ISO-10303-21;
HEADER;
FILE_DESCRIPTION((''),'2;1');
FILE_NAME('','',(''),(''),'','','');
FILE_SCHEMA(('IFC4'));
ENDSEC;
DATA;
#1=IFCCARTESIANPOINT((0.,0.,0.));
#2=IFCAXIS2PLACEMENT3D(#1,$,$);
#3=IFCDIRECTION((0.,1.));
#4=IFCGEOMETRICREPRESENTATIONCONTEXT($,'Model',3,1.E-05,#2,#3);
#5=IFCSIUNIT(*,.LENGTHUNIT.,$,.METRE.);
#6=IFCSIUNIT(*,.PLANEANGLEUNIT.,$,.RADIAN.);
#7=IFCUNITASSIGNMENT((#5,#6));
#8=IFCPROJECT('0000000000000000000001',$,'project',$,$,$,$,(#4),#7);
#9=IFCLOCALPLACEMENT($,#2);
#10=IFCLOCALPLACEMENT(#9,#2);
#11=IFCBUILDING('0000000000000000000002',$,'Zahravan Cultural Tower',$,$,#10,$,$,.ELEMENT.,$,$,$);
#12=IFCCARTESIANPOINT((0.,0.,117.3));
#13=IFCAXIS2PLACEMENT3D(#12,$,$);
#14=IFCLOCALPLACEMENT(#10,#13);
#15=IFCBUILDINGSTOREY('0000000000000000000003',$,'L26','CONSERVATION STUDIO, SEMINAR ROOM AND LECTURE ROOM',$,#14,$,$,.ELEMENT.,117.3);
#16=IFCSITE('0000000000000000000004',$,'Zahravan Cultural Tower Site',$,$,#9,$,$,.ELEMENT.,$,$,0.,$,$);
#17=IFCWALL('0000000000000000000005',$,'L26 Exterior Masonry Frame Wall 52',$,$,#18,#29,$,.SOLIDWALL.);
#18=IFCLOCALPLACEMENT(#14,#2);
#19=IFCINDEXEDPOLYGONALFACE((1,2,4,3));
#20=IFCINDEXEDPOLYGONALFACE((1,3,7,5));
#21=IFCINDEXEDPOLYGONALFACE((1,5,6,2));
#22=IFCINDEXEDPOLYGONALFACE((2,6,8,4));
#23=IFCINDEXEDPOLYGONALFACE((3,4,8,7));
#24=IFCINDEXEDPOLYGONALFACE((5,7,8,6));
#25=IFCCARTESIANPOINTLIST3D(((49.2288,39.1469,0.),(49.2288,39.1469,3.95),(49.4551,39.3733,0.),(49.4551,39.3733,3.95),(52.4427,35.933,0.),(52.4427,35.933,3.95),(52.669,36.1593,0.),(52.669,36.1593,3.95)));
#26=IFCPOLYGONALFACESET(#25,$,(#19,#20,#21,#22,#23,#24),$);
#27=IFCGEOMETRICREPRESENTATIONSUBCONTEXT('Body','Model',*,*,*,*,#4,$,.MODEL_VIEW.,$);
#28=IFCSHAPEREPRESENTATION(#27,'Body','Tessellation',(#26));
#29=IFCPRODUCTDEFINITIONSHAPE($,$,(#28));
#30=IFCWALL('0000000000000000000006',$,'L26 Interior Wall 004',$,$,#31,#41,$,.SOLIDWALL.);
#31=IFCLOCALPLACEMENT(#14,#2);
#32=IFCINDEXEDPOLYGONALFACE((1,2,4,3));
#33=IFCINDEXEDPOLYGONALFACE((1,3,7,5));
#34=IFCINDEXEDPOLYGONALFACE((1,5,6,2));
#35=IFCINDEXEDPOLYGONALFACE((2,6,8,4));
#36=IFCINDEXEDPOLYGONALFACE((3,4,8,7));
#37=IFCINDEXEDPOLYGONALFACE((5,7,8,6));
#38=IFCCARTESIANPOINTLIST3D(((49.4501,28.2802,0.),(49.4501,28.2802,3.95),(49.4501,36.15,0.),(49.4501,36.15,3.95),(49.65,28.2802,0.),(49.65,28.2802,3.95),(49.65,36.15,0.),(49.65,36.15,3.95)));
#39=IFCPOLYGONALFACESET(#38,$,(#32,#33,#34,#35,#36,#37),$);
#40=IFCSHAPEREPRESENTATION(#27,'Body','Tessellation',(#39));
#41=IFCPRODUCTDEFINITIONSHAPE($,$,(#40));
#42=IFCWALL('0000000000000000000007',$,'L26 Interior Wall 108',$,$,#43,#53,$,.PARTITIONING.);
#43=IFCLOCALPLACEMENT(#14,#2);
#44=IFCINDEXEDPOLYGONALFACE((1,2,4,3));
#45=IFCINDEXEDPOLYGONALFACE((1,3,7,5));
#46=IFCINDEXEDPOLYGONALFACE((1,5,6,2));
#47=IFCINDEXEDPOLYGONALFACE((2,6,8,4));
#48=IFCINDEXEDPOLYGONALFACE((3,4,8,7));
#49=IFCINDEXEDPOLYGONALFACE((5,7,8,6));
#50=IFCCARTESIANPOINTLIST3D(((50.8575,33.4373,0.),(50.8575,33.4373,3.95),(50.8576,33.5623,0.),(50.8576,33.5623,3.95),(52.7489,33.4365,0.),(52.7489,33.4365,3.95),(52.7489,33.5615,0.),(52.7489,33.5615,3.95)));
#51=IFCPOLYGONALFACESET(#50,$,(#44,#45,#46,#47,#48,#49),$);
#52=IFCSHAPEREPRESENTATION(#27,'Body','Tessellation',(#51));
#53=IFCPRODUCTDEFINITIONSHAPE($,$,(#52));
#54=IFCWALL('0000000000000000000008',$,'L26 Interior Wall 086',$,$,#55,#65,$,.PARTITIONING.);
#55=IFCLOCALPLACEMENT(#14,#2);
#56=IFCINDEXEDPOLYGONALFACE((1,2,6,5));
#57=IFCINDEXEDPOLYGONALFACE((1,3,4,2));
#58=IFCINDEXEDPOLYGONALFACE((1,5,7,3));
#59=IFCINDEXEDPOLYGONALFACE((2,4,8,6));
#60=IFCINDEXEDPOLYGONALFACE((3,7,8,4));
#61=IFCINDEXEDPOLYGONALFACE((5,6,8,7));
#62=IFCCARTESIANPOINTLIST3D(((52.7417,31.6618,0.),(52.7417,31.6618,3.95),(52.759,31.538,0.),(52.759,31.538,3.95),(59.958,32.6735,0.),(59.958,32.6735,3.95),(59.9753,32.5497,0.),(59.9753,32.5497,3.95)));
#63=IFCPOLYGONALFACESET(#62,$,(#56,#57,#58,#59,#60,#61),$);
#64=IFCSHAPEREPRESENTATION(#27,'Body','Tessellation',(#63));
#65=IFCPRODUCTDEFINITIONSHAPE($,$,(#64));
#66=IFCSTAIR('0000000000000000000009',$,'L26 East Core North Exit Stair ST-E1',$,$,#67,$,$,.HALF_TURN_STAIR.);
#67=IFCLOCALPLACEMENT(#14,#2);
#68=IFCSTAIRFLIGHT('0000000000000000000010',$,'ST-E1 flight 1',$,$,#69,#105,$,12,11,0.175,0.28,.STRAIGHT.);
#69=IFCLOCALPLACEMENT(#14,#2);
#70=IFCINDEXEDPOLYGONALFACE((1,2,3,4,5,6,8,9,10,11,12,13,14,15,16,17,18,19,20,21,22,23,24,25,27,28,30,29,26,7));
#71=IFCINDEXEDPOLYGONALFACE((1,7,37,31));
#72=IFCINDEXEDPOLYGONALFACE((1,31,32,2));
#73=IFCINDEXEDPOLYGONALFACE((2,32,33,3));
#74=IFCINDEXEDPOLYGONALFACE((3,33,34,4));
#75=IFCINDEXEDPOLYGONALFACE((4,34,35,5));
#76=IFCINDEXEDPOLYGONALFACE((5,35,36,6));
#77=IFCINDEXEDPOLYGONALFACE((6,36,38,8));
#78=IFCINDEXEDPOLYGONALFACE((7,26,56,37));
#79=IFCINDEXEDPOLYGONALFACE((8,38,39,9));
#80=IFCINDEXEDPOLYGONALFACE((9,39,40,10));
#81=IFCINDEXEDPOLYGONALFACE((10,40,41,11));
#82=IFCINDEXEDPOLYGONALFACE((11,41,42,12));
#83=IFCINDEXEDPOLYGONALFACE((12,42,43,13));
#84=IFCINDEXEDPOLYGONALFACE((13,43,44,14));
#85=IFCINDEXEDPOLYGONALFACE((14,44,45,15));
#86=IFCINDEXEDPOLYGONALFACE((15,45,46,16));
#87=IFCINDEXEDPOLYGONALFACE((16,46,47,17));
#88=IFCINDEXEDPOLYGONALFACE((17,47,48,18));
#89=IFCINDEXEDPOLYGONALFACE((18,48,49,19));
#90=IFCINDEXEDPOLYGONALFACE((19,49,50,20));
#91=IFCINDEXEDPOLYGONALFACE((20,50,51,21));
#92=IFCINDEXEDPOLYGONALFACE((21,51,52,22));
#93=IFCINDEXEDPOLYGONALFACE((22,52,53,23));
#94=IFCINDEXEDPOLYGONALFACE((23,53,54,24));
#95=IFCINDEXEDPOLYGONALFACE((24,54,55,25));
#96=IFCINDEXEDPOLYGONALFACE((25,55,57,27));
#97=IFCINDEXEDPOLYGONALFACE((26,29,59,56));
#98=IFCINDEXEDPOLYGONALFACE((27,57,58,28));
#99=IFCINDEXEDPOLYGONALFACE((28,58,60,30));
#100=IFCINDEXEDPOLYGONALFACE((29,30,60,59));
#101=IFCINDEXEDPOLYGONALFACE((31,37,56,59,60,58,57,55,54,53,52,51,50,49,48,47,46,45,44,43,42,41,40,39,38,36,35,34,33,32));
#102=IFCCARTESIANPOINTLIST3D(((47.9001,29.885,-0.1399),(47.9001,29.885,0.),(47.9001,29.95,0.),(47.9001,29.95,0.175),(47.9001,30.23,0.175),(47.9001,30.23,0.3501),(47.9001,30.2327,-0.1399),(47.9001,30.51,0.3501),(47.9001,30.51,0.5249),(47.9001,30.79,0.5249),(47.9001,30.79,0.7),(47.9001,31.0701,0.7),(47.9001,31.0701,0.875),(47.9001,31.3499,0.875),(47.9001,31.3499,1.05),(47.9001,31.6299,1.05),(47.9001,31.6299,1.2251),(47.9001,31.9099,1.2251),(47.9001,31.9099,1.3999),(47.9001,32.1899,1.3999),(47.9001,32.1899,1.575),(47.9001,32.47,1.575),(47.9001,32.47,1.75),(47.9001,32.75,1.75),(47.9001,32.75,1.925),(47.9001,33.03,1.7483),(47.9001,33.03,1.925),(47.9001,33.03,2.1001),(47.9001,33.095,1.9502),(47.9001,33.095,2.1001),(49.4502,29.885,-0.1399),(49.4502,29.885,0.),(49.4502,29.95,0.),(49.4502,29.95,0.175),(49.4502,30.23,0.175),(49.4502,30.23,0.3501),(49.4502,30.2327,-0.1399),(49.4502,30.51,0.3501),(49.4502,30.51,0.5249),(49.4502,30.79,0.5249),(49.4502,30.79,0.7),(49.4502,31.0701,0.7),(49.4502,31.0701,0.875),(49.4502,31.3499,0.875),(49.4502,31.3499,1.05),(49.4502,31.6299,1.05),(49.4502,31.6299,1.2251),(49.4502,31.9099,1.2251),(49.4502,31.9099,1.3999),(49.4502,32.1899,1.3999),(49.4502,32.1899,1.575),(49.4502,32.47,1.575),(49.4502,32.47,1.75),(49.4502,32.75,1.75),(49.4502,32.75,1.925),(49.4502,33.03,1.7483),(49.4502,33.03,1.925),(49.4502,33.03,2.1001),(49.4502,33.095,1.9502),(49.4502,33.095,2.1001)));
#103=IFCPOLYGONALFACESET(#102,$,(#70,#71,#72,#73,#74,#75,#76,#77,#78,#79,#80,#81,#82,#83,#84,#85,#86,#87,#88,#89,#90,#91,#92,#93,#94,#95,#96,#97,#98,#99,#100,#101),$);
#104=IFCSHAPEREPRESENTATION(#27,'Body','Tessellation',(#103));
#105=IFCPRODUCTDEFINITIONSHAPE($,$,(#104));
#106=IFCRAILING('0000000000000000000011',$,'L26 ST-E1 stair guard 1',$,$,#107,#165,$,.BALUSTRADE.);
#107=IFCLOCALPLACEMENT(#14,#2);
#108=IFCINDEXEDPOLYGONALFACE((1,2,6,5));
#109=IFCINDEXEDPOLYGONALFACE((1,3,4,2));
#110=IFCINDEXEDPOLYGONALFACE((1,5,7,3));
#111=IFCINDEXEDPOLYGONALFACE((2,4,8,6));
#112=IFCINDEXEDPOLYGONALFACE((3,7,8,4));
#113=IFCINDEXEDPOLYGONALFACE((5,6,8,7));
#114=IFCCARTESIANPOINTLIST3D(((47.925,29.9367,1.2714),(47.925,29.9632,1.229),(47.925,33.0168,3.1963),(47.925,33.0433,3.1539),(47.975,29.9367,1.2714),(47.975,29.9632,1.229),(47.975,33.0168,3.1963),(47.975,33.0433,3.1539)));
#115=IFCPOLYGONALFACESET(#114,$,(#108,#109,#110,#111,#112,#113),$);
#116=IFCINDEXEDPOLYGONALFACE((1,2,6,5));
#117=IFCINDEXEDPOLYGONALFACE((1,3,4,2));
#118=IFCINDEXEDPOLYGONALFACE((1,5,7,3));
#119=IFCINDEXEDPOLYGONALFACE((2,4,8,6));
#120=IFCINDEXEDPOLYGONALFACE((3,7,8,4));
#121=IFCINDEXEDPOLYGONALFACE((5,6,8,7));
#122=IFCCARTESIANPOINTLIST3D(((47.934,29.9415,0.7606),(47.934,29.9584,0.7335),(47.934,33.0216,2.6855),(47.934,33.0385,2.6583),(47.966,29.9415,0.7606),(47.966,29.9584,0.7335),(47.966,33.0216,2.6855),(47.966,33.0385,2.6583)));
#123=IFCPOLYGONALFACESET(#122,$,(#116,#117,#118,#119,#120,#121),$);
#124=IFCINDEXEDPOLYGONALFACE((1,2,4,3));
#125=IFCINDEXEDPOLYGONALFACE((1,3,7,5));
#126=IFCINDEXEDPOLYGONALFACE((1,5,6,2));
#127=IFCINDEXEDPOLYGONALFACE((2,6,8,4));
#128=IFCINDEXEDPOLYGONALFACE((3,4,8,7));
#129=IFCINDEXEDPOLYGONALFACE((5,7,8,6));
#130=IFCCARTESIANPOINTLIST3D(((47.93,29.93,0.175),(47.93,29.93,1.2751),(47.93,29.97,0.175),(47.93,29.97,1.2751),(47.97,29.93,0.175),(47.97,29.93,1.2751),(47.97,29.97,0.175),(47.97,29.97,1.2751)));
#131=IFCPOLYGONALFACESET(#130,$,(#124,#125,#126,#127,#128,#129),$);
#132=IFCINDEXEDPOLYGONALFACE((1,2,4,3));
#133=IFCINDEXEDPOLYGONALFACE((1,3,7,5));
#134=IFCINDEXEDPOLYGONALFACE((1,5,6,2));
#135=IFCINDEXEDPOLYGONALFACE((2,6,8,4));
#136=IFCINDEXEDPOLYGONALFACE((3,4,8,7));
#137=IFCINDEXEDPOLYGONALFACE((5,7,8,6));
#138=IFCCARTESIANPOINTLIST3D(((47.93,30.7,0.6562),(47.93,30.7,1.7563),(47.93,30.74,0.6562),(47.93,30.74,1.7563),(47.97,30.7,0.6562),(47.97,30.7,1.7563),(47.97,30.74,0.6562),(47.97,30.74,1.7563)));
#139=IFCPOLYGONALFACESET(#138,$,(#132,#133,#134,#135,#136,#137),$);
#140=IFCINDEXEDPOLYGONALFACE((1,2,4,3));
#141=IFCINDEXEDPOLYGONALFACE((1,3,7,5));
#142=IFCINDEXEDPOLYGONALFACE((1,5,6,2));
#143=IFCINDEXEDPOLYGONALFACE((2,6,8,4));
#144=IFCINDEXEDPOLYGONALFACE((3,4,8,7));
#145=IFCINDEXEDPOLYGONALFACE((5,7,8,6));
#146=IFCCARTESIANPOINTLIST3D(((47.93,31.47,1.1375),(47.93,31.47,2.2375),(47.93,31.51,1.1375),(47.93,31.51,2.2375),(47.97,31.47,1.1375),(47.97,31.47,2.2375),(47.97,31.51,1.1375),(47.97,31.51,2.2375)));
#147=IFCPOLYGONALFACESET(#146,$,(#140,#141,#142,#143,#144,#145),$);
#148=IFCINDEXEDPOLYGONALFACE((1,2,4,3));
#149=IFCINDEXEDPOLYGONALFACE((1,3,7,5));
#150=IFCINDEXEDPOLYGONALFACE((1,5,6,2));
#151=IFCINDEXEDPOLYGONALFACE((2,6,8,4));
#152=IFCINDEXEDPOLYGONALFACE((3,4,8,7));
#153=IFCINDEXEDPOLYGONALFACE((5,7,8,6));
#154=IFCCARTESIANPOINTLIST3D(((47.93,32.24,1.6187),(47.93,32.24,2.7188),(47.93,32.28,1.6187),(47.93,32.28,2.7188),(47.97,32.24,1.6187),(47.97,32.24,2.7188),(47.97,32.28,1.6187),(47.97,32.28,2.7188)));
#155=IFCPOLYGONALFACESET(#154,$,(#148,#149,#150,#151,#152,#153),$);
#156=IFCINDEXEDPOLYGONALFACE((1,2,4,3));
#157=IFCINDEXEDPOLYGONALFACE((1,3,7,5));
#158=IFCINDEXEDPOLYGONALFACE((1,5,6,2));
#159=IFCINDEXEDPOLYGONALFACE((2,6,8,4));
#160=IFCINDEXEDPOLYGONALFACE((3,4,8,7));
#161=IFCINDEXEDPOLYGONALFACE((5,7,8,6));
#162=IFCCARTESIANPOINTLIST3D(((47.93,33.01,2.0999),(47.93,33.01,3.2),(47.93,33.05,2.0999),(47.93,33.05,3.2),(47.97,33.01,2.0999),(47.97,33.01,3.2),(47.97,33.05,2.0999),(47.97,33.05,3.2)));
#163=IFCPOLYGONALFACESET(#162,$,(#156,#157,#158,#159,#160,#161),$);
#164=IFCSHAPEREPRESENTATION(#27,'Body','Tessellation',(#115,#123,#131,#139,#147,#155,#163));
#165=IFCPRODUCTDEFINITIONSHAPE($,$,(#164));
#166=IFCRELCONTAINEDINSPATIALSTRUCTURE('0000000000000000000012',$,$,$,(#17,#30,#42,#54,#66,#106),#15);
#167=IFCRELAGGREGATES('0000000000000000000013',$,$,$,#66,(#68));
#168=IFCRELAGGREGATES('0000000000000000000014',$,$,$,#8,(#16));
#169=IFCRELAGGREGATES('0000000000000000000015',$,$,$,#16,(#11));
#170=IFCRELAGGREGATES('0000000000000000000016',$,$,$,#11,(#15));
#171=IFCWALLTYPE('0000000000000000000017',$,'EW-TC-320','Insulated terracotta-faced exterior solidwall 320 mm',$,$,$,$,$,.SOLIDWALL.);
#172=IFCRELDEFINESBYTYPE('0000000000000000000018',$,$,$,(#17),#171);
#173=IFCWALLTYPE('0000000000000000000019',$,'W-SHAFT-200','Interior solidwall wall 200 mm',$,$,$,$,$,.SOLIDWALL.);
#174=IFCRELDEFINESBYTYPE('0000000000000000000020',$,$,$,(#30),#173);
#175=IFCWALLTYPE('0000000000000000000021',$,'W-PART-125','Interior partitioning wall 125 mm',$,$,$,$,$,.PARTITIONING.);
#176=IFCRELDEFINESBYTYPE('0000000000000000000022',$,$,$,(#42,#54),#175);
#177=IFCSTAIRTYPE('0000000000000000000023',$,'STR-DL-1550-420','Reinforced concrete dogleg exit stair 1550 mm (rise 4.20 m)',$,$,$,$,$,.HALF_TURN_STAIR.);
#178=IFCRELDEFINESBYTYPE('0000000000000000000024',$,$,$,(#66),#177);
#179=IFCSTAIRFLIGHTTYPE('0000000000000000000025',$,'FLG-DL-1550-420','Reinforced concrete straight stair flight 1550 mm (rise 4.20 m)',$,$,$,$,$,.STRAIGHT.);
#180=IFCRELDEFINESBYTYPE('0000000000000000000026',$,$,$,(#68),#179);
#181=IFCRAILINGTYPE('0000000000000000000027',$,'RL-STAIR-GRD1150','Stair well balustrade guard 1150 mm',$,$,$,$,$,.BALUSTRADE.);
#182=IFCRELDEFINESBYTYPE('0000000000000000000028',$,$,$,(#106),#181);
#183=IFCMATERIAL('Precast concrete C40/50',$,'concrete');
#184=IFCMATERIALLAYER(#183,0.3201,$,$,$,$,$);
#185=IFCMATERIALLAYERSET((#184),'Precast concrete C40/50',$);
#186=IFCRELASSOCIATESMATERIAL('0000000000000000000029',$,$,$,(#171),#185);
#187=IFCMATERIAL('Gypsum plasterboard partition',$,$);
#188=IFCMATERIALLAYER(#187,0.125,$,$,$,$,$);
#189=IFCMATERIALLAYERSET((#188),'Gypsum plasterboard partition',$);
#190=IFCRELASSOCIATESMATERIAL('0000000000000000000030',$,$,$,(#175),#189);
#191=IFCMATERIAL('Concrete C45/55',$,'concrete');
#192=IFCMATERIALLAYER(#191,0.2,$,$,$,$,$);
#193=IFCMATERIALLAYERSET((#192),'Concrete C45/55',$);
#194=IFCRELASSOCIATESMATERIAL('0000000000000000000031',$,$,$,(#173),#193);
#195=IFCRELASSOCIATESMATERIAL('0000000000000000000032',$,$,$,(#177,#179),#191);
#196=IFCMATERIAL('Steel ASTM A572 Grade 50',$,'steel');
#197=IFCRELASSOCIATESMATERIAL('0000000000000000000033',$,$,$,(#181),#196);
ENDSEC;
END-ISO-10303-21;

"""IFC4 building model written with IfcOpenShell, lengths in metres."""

from ifc_helpers import new_model, si_unit, direction, frame, frame_2d, origin, origin_2d, place, context, subcontext, project, spatial, polyline, rectangle, outline, extrude, source, transform, mapped, material, layer, layer_set, type_object, element, aggregate, save


model = new_model("IFC4")

# Units and contexts
model_context = context("Model", 3, precision=1e-05, world=origin(), true_north=direction((0.0, 1.0)))
body_context = subcontext(model_context, "Body", "Model", "MODEL_VIEW")
ifc_project = project(units=[si_unit("LENGTHUNIT", "METRE"), si_unit("PLANEANGLEUNIT", "RADIAN")], contexts=[model_context])

# Site, building, storey
site_placement = place(None, origin())
site = spatial("IfcSite", under=ifc_project, at=site_placement, Name="Zahravan Cultural Tower Site", CompositionType="ELEMENT", RefElevation=0.0)
building_placement = place(site_placement, origin())
building = spatial("IfcBuilding", under=site, at=building_placement, Name="Zahravan Cultural Tower", CompositionType="ELEMENT")
storey_placement = place(building_placement, frame((0.0, 0.0, 117.3)))
storey = spatial("IfcBuildingStorey", under=building, at=storey_placement, Name="L26", Description="CONSERVATION STUDIO, SEMINAR ROOM AND LECTURE ROOM", CompositionType="ELEMENT", Elevation=117.3)

# Shared definitions
ifc_material_1 = material(Name="Precast concrete C40/50", Category="concrete")
ifc_layer_1 = layer(ifc_material_1, 0.3201)
ifc_layer_set_1 = layer_set([ifc_layer_1], Name="Precast concrete C40/50")
wall_type_1 = type_object("IfcWallType", Name="EW-TC-320", Description="Insulated terracotta-faced exterior solidwall 320 mm", PredefinedType="SOLIDWALL", material=ifc_layer_set_1)

# Shared definitions
ifc_material_2 = material(Name="Gypsum plasterboard partition")
ifc_layer_2 = layer(ifc_material_2, 0.125)
ifc_layer_set_2 = layer_set([ifc_layer_2], Name="Gypsum plasterboard partition")
wall_type_2 = type_object("IfcWallType", Name="W-PART-125", Description="Interior partitioning wall 125 mm", PredefinedType="PARTITIONING", material=ifc_layer_set_2)

# Walls
shared_shape_1 = source(origin(), body_context, "Body", "SweptSolid", [
    extrude(rectangle(XDim=4.5452, YDim=0.3201, at=frame_2d((2.2725, 0.0))), origin(), (0.0, 0.0, 1.0), 3.95),
])
wall_1_placement = place(storey_placement, frame((49.342, 39.26, 0.0), z_axis=(0.0, 0.0, 1.0), x_axis=(0.707107, -0.707107, 0.0)))
element("IfcWall", 1, at=wall_1_placement, inside=storey, type_object=wall_type_1, Name="L26 Exterior Masonry Frame Wall 52", PredefinedType="SOLIDWALL", context=body_context, shape_type="MappedRepresentation", body=[
    mapped(shared_shape_1, transform((0.0, 0.0, 0.0), x_axis=(1.0, 0.0, 0.0), y_axis=(0.0, 1.0, 0.0), z_axis=(0.0, 0.0, 1.0), scale=1.0)),
])
ifc_material_3 = material(Name="Concrete C45/55", Category="concrete")
ifc_layer_3 = layer(ifc_material_3, 0.2)
ifc_layer_set_3 = layer_set([ifc_layer_3], Name="Concrete C45/55")
wall_type_3 = type_object("IfcWallType", Name="W-SHAFT-200", Description="Interior solidwall wall 200 mm", PredefinedType="SOLIDWALL", material=ifc_layer_set_3)
shared_shape_2 = source(origin(), body_context, "Body", "SweptSolid", [
    extrude(rectangle(XDim=7.8699, YDim=0.2, at=frame_2d((3.9351, 0.0))), origin(), (0.0, 0.0, 1.0), 3.95),
])
wall_2_placement = place(storey_placement, frame((49.55, 28.28, 0.0), z_axis=(0.0, 0.0, 1.0), x_axis=(0.0, 1.0, 0.0)))
element("IfcWall", 2, at=wall_2_placement, inside=storey, type_object=wall_type_3, Name="L26 Interior Wall 004", PredefinedType="SOLIDWALL", context=body_context, shape_type="MappedRepresentation", body=[
    mapped(shared_shape_2, transform((0.0, 0.0, 0.0), x_axis=(1.0, 0.0, 0.0), y_axis=(0.0, 1.0, 0.0), z_axis=(0.0, 0.0, 1.0), scale=1.0)),
])
shared_shape_3 = source(origin(), body_context, "Body", "SweptSolid", [
    extrude(rectangle(XDim=1.8914, YDim=0.125, at=frame_2d((0.9458, 0.0))), origin(), (0.0, 0.0, 1.0), 3.95),
])
wall_3_placement = place(storey_placement, frame((52.749, 33.499, 0.0), z_axis=(0.0, 0.0, 1.0), x_axis=(-1.0, 0.000387, 0.0)))
element("IfcWall", 3, at=wall_3_placement, inside=storey, type_object=wall_type_2, Name="L26 Interior Wall 108", PredefinedType="PARTITIONING", context=body_context, shape_type="MappedRepresentation", body=[
    mapped(shared_shape_3, transform((0.0, 0.0, 0.0), x_axis=(1.0, 0.0, 0.0), y_axis=(0.0, 1.0, 0.0), z_axis=(0.0, 0.0, 1.0), scale=1.0)),
])
shared_shape_4 = source(origin(), body_context, "Body", "SweptSolid", [
    extrude(rectangle(XDim=7.2869, YDim=0.125, at=frame_2d((3.6436, 0.0))), origin(), (0.0, 0.0, 1.0), 3.95),
])
wall_4_placement = place(storey_placement, frame((52.7502, 31.5999, 0.0), z_axis=(0.0, 0.0, 1.0), x_axis=(0.990315, 0.138841, 0.0)))
element("IfcWall", 4, at=wall_4_placement, inside=storey, type_object=wall_type_2, Name="L26 Interior Wall 086", PredefinedType="PARTITIONING", context=body_context, shape_type="MappedRepresentation", body=[
    mapped(shared_shape_4, transform((0.0, 0.0, 0.0), x_axis=(1.0, 0.0, 0.0), y_axis=(0.0, 1.0, 0.0), z_axis=(0.0, 0.0, 1.0), scale=1.0)),
])

# Stair, stair flight
stair_type = type_object("IfcStairType", Name="STR-DL-1550-420", Description="Reinforced concrete dogleg exit stair 1550 mm (rise 4.20 m)", PredefinedType="HALF_TURN_STAIR", material=ifc_material_3)
stair_placement = place(storey_placement, origin())
stair = element("IfcStair", 5, at=stair_placement, inside=storey, type_object=stair_type, Name="L26 East Core North Exit Stair ST-E1", PredefinedType="HALF_TURN_STAIR")
stair_flight_type = type_object("IfcStairFlightType", Name="FLG-DL-1550-420", Description="Reinforced concrete straight stair flight 1550 mm (rise 4.20 m)", PredefinedType="STRAIGHT", material=ifc_material_3)
stair_flight_placement = place(storey_placement, frame((48.675, 29.95, 0.0), z_axis=(0.0, 0.0, 1.0), x_axis=(0.0, 1.0, 0.0)))
stair_flight = element("IfcStairFlight", 6, at=stair_flight_placement, type_object=stair_flight_type, Name="ST-E1 flight 1", NumberOfRisers=12, NumberOfTreads=11, PredefinedType="STRAIGHT", RiserHeight=0.175, TreadLength=0.28, context=body_context, shape_type="SweptSolid", body=[
    extrude(outline(polyline([(-0.0649, -0.1399), (-0.0649, 0.0), (0.0, 0.0), (0.0, 0.175), (0.28, 0.175), (0.28, 0.3501), (0.5601, 0.3501), (0.5601, 0.5249), (0.8401, 0.5249), (0.8401, 0.7), (1.1201, 0.7), (1.1201, 0.875), (1.3999, 0.875), (1.3999, 1.05), (1.6799, 1.05), (1.6799, 1.2251), (1.96, 1.2251), (1.96, 1.3999), (2.24, 1.3999), (2.24, 1.575), (2.52, 1.575), (2.52, 1.75), (2.8, 1.75), (2.8, 1.925), (3.0801, 1.925), (3.0801, 2.1001), (3.145, 2.1001), (3.145, 1.9502), (3.0801, 1.7483), (0.2827, -0.1399), (-0.0649, -0.1399)])), frame((0.0, 0.7749, 0.0), z_axis=(0.0, -1.0, 0.0), x_axis=(1.0, 0.0, 0.0)), (0.0, 0.0, 1.0), 1.55),
])
aggregate(stair, [stair_flight])

# Railing
ifc_material_4 = material(Name="Steel ASTM A572 Grade 50", Category="steel")
railing_type_1 = type_object("IfcRailingType", Name="RL-STAIR-GRD1150", Description="Stair well balustrade guard 1150 mm", PredefinedType="BALUSTRADE", material=ifc_material_4)
railing_1_placement = place(storey_placement, frame((47.95, 29.95, 0.175)))
element("IfcRailing", 7, at=railing_1_placement, inside=storey, type_object=railing_type_1, Name="L26 ST-E1 stair guard 1", PredefinedType="BALUSTRADE", context=body_context, shape_type="SweptSolid", body=[
    extrude(rectangle(XDim=0.05, YDim=0.05, at=origin_2d()), frame((0.0, 0.0, 1.0752), z_axis=(0.0, 0.848029, 0.529951), x_axis=(-1.0, 0.0, 0.0)), (0.0, 0.0, 1.0), 3.6321),
    extrude(rectangle(XDim=0.032, YDim=0.032, at=origin_2d()), frame((0.0, 0.0, 0.572), z_axis=(0.0, 0.848029, 0.529951), x_axis=(-1.0, 0.0, 0.0)), (0.0, 0.0, 1.0), 3.6321),
    extrude(rectangle(XDim=0.04, YDim=0.04, at=origin_2d()), origin(), (0.0, 0.0, 1.0), 1.1001),
    extrude(rectangle(XDim=0.04, YDim=0.04, at=origin_2d()), frame((0.0, 0.77, 0.4812)), (0.0, 0.0, 1.0), 1.1001),
    extrude(rectangle(XDim=0.04, YDim=0.04, at=origin_2d()), frame((0.0, 1.54, 0.9624)), (0.0, 0.0, 1.0), 1.1001),
    extrude(rectangle(XDim=0.04, YDim=0.04, at=origin_2d()), frame((0.0, 2.3101, 1.4436)), (0.0, 0.0, 1.0), 1.1001),
    extrude(rectangle(XDim=0.04, YDim=0.04, at=origin_2d()), frame((0.0, 3.0801, 1.9248)), (0.0, 0.0, 1.0), 1.1001),
])

save(model, "model.ifc")
